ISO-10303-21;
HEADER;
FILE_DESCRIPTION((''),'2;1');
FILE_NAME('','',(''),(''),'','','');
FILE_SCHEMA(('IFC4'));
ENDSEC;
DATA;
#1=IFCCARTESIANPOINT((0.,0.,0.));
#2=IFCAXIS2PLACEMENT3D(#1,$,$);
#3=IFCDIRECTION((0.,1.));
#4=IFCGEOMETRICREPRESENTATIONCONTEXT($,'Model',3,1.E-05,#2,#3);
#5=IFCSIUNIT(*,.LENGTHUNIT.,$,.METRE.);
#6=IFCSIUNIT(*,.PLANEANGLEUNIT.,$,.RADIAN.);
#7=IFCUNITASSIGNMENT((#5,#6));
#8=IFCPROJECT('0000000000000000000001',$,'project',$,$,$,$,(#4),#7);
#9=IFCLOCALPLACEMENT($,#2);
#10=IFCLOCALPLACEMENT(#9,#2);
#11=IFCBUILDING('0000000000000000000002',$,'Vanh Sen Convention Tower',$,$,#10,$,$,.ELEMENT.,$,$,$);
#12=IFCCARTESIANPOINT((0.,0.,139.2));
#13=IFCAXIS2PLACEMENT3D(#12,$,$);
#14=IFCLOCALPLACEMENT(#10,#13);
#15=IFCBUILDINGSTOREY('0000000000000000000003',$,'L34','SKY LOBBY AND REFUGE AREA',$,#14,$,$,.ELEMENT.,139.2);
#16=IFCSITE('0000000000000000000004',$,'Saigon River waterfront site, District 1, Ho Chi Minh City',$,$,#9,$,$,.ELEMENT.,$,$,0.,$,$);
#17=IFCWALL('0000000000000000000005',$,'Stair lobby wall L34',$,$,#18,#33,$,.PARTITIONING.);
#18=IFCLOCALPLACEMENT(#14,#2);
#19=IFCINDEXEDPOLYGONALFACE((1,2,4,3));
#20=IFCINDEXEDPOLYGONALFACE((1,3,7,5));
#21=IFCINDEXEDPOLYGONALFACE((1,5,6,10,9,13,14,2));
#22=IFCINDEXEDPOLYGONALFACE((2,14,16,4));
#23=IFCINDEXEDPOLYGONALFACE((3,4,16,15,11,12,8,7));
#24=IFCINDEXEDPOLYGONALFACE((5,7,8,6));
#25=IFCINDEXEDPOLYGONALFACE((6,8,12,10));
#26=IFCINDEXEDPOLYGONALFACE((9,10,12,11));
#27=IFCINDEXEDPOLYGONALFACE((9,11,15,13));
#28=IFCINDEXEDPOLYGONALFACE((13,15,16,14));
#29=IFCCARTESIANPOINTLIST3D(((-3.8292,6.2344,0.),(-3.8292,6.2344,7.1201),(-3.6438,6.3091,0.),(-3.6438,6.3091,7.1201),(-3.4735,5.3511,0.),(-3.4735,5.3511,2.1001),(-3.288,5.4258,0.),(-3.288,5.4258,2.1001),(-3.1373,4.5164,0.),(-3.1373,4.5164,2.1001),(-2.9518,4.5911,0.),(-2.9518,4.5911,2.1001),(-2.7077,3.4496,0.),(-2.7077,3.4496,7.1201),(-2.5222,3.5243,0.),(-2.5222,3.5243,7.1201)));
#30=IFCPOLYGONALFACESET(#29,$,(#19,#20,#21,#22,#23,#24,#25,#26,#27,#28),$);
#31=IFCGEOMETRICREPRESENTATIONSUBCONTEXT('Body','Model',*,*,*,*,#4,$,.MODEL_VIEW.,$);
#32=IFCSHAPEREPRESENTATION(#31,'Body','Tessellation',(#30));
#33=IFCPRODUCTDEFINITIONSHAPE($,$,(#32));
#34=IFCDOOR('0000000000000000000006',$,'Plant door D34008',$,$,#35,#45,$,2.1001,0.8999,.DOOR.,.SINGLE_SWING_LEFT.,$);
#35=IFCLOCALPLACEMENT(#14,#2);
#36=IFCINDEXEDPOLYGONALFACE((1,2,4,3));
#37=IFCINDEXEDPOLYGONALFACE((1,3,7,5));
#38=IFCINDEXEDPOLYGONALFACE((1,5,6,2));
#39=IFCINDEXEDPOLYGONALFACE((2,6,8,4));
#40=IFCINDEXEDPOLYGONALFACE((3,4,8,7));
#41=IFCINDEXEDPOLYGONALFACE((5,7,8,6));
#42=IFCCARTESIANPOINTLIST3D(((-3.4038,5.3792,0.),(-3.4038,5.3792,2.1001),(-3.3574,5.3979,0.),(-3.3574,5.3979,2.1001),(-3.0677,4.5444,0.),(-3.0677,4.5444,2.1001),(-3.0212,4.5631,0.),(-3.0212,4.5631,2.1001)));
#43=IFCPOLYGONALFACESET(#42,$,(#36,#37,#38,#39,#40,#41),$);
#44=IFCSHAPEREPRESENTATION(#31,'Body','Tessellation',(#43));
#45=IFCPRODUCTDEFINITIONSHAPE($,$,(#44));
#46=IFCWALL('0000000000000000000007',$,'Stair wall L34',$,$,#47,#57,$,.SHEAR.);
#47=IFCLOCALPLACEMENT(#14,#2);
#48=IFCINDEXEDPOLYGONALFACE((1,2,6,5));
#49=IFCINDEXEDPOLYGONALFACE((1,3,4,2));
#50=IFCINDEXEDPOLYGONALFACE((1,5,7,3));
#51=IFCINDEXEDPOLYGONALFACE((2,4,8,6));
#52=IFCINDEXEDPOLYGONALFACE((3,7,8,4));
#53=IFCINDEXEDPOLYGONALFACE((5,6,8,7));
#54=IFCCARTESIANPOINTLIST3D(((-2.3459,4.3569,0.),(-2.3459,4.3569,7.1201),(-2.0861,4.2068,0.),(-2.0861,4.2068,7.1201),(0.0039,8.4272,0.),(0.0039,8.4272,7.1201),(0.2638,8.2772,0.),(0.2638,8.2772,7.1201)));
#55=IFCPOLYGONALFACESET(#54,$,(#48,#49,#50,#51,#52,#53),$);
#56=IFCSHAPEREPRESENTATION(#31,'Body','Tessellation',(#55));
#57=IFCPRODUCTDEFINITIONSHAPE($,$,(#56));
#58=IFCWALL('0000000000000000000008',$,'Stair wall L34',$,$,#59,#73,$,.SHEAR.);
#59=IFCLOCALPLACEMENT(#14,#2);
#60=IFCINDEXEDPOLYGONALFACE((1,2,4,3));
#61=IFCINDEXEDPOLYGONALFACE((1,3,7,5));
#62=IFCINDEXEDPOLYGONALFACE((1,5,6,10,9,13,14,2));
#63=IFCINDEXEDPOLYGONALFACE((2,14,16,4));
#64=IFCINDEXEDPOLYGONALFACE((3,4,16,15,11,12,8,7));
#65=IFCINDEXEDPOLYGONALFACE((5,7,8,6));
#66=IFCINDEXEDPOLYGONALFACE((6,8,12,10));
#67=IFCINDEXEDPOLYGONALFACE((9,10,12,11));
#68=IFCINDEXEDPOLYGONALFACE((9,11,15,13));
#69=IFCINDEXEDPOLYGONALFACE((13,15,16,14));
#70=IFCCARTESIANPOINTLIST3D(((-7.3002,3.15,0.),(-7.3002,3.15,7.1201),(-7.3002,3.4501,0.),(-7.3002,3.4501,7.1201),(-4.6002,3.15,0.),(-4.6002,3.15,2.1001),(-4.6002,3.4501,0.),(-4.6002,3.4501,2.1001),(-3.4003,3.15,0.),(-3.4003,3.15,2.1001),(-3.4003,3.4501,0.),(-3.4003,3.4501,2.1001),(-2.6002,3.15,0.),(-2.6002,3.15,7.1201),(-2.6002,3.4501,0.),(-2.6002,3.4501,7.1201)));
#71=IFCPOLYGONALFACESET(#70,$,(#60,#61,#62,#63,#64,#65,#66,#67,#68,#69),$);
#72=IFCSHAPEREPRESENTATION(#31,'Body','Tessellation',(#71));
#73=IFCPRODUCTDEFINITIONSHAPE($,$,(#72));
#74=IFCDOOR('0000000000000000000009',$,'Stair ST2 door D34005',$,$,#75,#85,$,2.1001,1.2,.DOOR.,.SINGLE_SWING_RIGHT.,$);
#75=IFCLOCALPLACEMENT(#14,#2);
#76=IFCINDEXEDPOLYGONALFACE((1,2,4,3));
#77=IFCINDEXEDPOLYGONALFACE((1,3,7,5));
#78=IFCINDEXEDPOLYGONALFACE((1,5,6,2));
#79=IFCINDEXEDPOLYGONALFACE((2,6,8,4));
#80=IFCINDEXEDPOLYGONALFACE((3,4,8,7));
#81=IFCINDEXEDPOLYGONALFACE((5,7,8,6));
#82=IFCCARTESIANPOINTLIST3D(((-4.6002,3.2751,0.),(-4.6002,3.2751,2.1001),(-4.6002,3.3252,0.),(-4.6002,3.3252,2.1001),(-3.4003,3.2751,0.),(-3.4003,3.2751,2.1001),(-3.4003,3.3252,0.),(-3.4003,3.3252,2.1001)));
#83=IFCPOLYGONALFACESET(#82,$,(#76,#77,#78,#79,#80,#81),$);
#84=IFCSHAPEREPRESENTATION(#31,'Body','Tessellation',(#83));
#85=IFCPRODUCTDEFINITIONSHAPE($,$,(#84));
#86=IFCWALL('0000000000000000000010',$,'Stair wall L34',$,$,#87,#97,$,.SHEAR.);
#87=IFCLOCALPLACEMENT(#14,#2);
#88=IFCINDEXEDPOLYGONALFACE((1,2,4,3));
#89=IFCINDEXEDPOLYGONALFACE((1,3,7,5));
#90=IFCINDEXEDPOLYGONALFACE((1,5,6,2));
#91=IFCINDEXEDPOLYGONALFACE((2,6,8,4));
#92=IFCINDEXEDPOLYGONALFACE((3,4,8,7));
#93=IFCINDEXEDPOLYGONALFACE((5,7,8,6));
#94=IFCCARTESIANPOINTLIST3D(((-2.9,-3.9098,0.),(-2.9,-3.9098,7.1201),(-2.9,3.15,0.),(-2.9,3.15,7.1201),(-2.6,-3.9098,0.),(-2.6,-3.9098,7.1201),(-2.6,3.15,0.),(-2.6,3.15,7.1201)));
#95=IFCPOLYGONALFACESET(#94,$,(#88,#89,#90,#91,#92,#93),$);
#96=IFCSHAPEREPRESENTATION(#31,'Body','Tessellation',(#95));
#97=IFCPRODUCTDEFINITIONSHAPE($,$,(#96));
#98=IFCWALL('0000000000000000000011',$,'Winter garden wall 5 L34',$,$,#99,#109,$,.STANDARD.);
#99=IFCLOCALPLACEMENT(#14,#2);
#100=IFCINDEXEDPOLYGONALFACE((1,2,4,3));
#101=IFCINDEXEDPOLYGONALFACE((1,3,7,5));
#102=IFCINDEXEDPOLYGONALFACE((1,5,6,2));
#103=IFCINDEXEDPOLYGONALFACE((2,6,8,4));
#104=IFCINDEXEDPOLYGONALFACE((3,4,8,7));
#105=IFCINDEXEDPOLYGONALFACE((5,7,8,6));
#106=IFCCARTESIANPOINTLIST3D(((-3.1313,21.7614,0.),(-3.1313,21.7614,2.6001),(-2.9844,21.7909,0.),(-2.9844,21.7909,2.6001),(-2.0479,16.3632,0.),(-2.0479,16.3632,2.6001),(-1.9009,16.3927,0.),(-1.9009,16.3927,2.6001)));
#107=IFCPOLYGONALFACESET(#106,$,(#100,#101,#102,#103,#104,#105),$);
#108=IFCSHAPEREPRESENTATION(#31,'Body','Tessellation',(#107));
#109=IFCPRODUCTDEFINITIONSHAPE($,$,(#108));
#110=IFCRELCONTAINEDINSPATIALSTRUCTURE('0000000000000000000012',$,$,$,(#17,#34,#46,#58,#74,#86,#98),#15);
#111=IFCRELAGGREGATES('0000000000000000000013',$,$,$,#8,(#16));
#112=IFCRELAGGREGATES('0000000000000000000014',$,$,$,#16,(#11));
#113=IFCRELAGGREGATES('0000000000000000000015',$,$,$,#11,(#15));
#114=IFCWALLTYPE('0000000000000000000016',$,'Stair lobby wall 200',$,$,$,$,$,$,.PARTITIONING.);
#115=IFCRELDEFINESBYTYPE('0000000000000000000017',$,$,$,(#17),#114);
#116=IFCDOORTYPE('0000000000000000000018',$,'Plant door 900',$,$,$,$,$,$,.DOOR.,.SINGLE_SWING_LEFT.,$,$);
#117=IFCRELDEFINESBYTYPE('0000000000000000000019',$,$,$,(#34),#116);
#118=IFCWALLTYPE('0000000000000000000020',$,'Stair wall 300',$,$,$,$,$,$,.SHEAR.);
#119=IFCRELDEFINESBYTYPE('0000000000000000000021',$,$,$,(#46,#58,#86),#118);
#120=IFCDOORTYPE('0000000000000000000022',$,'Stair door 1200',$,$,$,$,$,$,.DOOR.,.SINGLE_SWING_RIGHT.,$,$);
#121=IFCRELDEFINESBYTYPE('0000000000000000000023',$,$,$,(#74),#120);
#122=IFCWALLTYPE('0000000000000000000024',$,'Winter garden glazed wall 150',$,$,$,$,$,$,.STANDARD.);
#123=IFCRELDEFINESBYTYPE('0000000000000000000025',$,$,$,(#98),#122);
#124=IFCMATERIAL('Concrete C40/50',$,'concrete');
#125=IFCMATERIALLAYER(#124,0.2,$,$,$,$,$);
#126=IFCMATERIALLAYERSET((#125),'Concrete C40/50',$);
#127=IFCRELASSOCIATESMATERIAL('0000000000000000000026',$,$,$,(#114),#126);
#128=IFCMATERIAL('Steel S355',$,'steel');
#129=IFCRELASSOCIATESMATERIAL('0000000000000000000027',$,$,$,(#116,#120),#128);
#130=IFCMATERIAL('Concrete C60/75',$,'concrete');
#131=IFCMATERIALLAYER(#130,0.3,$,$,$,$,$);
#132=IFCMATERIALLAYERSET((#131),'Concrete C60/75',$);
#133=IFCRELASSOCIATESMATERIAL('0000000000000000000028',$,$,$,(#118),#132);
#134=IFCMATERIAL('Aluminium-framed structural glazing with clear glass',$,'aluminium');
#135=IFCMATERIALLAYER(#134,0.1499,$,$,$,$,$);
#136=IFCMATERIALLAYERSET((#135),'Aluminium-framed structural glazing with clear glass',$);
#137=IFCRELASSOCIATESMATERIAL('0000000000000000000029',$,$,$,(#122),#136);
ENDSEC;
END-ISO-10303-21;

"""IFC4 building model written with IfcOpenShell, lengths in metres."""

from ifc_helpers import new_model, si_unit, direction, frame, frame_2d, origin, place, context, subcontext, project, spatial, rectangle, extrude, material, layer, layer_set, type_object, element, fill, save


model = new_model("IFC4")

# Units and contexts
model_context = context("Model", 3, precision=1e-05, world=origin(), true_north=direction((0.0, 1.0)))
body_context = subcontext(model_context, "Body", "Model", "MODEL_VIEW")
ifc_project = project(units=[si_unit("LENGTHUNIT", "METRE"), si_unit("PLANEANGLEUNIT", "RADIAN")], contexts=[model_context])

# Site, building, storey
site_placement = place(None, origin())
site = spatial("IfcSite", under=ifc_project, at=site_placement, Name="Saigon River waterfront site, District 1, Ho Chi Minh City", CompositionType="ELEMENT", RefElevation=0.0)
building_placement = place(site_placement, origin())
building = spatial("IfcBuilding", under=site, at=building_placement, Name="Vanh Sen Convention Tower", CompositionType="ELEMENT")
storey_placement = place(building_placement, frame((0.0, 0.0, 139.2)))
storey = spatial("IfcBuildingStorey", under=building, at=storey_placement, Name="L34", Description="SKY LOBBY AND REFUGE AREA", CompositionType="ELEMENT", Elevation=139.2)

# Shared definitions
ifc_material_1 = material(Name="Steel S355", Category="steel")

# Shared definitions
ifc_material_2 = material(Name="Concrete C40/50", Category="concrete")

# Wall, opening, door
ifc_layer_1 = layer(ifc_material_2, 0.2)
ifc_layer_set_1 = layer_set([ifc_layer_1], Name="Concrete C40/50")
wall_type_1 = type_object("IfcWallType", Name="Stair lobby wall 200", PredefinedType="PARTITIONING", material=ifc_layer_set_1)
wall_1_placement = place(storey_placement, frame((-2.615, 3.4871, 0.0), z_axis=(0.0, 0.0, 1.0), x_axis=(-0.373577, 0.927599, 0.0)))
wall_1 = element("IfcWall", 1, at=wall_1_placement, inside=storey, type_object=wall_type_1, Name="Stair lobby wall L34", PredefinedType="PARTITIONING", context=body_context, shape_type="SweptSolid", body=[
    extrude(rectangle(XDim=3.0022, YDim=0.2, at=frame_2d((1.501, 0.0))), origin(), (0.0, 0.0, 1.0), 7.1201),
])
opening_1_placement = place(wall_1_placement, frame((1.1499, 0.0, 0.0)))
opening_1 = element("IfcOpeningElement", 2, at=opening_1_placement, cuts=wall_1, PredefinedType="OPENING", context=body_context, shape_type="SweptSolid", body=[
    extrude(rectangle(XDim=0.8999, YDim=2.1001, at=frame_2d((0.45, 1.05))), frame((0.0, 0.1099, 0.0), z_axis=(0.0, -1.0, 0.0), x_axis=(1.0, 0.0, 0.0)), (0.0, 0.0, 1.0), 0.22),
])
door_type_1 = type_object("IfcDoorType", Name="Plant door 900", OperationType="SINGLE_SWING_LEFT", PredefinedType="DOOR", material=ifc_material_1)
door_1_placement = place(opening_1_placement, origin())
door_1 = element("IfcDoor", 3, at=door_1_placement, inside=storey, type_object=door_type_1, Name="Plant door D34008", OperationType="SINGLE_SWING_LEFT", OverallHeight=2.1001, OverallWidth=0.8999, PredefinedType="DOOR", context=body_context, shape_type="SweptSolid", body=[
    extrude(rectangle(XDim=0.8999, YDim=2.1001, at=frame_2d((0.45, 1.05))), frame((0.0, 0.0249, 0.0), z_axis=(0.0, -1.0, 0.0), x_axis=(1.0, 0.0, 0.0)), (0.0, 0.0, 1.0), 0.05),
])
fill(opening_1, door_1)

# Wall
ifc_material_3 = material(Name="Concrete C60/75", Category="concrete")
ifc_layer_2 = layer(ifc_material_3, 0.3)
ifc_layer_set_2 = layer_set([ifc_layer_2], Name="Concrete C60/75")
wall_type_2 = type_object("IfcWallType", Name="Stair wall 300", PredefinedType="SHEAR", material=ifc_layer_set_2)
wall_2_placement = place(storey_placement, frame((-2.2161, 4.2817, 0.0), z_axis=(0.0, 0.0, 1.0), x_axis=(0.499977, 0.866039, 0.0)))
element("IfcWall", 4, at=wall_2_placement, inside=storey, type_object=wall_type_2, Name="Stair wall L34", PredefinedType="SHEAR", context=body_context, shape_type="SweptSolid", body=[
    extrude(rectangle(XDim=4.7, YDim=0.3, at=frame_2d((2.3501, 0.0))), origin(), (0.0, 0.0, 1.0), 7.1201),
])

# Wall, opening, door
wall_3_placement = place(storey_placement, frame((-2.6001, 3.3, 0.0), z_axis=(0.0, 0.0, 1.0), x_axis=(-1.0, 0.0, 0.0)))
wall_3 = element("IfcWall", 5, at=wall_3_placement, inside=storey, type_object=wall_type_2, Name="Stair wall L34", PredefinedType="SHEAR", context=body_context, shape_type="SweptSolid", body=[
    extrude(rectangle(XDim=4.7, YDim=0.3, at=frame_2d((2.3501, 0.0))), origin(), (0.0, 0.0, 1.0), 7.1201),
])
opening_2_placement = place(wall_3_placement, frame((0.8, 0.0, 0.0)))
opening_2 = element("IfcOpeningElement", 6, at=opening_2_placement, cuts=wall_3, PredefinedType="OPENING", context=body_context, shape_type="SweptSolid", body=[
    extrude(rectangle(XDim=1.2, YDim=2.1001, at=frame_2d((0.6001, 1.05))), frame((0.0, 0.1599, 0.0), z_axis=(0.0, -1.0, 0.0), x_axis=(1.0, 0.0, 0.0)), (0.0, 0.0, 1.0), 0.3201),
])
door_type_2 = type_object("IfcDoorType", Name="Stair door 1200", OperationType="SINGLE_SWING_RIGHT", PredefinedType="DOOR", material=ifc_material_1)
door_2_placement = place(opening_2_placement, origin())
door_2 = element("IfcDoor", 7, at=door_2_placement, inside=storey, type_object=door_type_2, Name="Stair ST2 door D34005", OperationType="SINGLE_SWING_RIGHT", OverallHeight=2.1001, OverallWidth=1.2, PredefinedType="DOOR", context=body_context, shape_type="SweptSolid", body=[
    extrude(rectangle(XDim=1.2, YDim=2.1001, at=frame_2d((0.6001, 1.05))), frame((0.0, 0.0249, 0.0), z_axis=(0.0, -1.0, 0.0), x_axis=(1.0, 0.0, 0.0)), (0.0, 0.0, 1.0), 0.05),
])
fill(opening_2, door_2)

# Walls
wall_4_placement = place(storey_placement, frame((-2.75, 3.1499, 0.0), z_axis=(0.0, 0.0, 1.0), x_axis=(0.0, -1.0, 0.0)))
element("IfcWall", 8, at=wall_4_placement, inside=storey, type_object=wall_type_2, Name="Stair wall L34", PredefinedType="SHEAR", context=body_context, shape_type="SweptSolid", body=[
    extrude(rectangle(XDim=7.0598, YDim=0.3, at=frame_2d((3.5298, 0.0))), origin(), (0.0, 0.0, 1.0), 7.1201),
])
ifc_material_4 = material(Name="Aluminium-framed structural glazing with clear glass", Category="aluminium")
ifc_layer_3 = layer(ifc_material_4, 0.1499)
ifc_layer_set_3 = layer_set([ifc_layer_3], Name="Aluminium-framed structural glazing with clear glass")
wall_type_3 = type_object("IfcWallType", Name="Winter garden glazed wall 150", PredefinedType="STANDARD", material=ifc_layer_set_3)
wall_5_placement = place(storey_placement, frame((-1.9744, 16.3779, 0.0), z_axis=(0.0, 0.0, 1.0), x_axis=(-0.19679, 0.980446, 0.0)))
element("IfcWall", 9, at=wall_5_placement, inside=storey, type_object=wall_type_3, Name="Winter garden wall 5 L34", PredefinedType="STANDARD", context=body_context, shape_type="SweptSolid", body=[
    extrude(rectangle(XDim=5.5059, YDim=0.1499, at=frame_2d((2.7529, 0.0))), origin(), (0.0, 0.0, 1.0), 2.6001),
])

save(model, "model.ifc")
